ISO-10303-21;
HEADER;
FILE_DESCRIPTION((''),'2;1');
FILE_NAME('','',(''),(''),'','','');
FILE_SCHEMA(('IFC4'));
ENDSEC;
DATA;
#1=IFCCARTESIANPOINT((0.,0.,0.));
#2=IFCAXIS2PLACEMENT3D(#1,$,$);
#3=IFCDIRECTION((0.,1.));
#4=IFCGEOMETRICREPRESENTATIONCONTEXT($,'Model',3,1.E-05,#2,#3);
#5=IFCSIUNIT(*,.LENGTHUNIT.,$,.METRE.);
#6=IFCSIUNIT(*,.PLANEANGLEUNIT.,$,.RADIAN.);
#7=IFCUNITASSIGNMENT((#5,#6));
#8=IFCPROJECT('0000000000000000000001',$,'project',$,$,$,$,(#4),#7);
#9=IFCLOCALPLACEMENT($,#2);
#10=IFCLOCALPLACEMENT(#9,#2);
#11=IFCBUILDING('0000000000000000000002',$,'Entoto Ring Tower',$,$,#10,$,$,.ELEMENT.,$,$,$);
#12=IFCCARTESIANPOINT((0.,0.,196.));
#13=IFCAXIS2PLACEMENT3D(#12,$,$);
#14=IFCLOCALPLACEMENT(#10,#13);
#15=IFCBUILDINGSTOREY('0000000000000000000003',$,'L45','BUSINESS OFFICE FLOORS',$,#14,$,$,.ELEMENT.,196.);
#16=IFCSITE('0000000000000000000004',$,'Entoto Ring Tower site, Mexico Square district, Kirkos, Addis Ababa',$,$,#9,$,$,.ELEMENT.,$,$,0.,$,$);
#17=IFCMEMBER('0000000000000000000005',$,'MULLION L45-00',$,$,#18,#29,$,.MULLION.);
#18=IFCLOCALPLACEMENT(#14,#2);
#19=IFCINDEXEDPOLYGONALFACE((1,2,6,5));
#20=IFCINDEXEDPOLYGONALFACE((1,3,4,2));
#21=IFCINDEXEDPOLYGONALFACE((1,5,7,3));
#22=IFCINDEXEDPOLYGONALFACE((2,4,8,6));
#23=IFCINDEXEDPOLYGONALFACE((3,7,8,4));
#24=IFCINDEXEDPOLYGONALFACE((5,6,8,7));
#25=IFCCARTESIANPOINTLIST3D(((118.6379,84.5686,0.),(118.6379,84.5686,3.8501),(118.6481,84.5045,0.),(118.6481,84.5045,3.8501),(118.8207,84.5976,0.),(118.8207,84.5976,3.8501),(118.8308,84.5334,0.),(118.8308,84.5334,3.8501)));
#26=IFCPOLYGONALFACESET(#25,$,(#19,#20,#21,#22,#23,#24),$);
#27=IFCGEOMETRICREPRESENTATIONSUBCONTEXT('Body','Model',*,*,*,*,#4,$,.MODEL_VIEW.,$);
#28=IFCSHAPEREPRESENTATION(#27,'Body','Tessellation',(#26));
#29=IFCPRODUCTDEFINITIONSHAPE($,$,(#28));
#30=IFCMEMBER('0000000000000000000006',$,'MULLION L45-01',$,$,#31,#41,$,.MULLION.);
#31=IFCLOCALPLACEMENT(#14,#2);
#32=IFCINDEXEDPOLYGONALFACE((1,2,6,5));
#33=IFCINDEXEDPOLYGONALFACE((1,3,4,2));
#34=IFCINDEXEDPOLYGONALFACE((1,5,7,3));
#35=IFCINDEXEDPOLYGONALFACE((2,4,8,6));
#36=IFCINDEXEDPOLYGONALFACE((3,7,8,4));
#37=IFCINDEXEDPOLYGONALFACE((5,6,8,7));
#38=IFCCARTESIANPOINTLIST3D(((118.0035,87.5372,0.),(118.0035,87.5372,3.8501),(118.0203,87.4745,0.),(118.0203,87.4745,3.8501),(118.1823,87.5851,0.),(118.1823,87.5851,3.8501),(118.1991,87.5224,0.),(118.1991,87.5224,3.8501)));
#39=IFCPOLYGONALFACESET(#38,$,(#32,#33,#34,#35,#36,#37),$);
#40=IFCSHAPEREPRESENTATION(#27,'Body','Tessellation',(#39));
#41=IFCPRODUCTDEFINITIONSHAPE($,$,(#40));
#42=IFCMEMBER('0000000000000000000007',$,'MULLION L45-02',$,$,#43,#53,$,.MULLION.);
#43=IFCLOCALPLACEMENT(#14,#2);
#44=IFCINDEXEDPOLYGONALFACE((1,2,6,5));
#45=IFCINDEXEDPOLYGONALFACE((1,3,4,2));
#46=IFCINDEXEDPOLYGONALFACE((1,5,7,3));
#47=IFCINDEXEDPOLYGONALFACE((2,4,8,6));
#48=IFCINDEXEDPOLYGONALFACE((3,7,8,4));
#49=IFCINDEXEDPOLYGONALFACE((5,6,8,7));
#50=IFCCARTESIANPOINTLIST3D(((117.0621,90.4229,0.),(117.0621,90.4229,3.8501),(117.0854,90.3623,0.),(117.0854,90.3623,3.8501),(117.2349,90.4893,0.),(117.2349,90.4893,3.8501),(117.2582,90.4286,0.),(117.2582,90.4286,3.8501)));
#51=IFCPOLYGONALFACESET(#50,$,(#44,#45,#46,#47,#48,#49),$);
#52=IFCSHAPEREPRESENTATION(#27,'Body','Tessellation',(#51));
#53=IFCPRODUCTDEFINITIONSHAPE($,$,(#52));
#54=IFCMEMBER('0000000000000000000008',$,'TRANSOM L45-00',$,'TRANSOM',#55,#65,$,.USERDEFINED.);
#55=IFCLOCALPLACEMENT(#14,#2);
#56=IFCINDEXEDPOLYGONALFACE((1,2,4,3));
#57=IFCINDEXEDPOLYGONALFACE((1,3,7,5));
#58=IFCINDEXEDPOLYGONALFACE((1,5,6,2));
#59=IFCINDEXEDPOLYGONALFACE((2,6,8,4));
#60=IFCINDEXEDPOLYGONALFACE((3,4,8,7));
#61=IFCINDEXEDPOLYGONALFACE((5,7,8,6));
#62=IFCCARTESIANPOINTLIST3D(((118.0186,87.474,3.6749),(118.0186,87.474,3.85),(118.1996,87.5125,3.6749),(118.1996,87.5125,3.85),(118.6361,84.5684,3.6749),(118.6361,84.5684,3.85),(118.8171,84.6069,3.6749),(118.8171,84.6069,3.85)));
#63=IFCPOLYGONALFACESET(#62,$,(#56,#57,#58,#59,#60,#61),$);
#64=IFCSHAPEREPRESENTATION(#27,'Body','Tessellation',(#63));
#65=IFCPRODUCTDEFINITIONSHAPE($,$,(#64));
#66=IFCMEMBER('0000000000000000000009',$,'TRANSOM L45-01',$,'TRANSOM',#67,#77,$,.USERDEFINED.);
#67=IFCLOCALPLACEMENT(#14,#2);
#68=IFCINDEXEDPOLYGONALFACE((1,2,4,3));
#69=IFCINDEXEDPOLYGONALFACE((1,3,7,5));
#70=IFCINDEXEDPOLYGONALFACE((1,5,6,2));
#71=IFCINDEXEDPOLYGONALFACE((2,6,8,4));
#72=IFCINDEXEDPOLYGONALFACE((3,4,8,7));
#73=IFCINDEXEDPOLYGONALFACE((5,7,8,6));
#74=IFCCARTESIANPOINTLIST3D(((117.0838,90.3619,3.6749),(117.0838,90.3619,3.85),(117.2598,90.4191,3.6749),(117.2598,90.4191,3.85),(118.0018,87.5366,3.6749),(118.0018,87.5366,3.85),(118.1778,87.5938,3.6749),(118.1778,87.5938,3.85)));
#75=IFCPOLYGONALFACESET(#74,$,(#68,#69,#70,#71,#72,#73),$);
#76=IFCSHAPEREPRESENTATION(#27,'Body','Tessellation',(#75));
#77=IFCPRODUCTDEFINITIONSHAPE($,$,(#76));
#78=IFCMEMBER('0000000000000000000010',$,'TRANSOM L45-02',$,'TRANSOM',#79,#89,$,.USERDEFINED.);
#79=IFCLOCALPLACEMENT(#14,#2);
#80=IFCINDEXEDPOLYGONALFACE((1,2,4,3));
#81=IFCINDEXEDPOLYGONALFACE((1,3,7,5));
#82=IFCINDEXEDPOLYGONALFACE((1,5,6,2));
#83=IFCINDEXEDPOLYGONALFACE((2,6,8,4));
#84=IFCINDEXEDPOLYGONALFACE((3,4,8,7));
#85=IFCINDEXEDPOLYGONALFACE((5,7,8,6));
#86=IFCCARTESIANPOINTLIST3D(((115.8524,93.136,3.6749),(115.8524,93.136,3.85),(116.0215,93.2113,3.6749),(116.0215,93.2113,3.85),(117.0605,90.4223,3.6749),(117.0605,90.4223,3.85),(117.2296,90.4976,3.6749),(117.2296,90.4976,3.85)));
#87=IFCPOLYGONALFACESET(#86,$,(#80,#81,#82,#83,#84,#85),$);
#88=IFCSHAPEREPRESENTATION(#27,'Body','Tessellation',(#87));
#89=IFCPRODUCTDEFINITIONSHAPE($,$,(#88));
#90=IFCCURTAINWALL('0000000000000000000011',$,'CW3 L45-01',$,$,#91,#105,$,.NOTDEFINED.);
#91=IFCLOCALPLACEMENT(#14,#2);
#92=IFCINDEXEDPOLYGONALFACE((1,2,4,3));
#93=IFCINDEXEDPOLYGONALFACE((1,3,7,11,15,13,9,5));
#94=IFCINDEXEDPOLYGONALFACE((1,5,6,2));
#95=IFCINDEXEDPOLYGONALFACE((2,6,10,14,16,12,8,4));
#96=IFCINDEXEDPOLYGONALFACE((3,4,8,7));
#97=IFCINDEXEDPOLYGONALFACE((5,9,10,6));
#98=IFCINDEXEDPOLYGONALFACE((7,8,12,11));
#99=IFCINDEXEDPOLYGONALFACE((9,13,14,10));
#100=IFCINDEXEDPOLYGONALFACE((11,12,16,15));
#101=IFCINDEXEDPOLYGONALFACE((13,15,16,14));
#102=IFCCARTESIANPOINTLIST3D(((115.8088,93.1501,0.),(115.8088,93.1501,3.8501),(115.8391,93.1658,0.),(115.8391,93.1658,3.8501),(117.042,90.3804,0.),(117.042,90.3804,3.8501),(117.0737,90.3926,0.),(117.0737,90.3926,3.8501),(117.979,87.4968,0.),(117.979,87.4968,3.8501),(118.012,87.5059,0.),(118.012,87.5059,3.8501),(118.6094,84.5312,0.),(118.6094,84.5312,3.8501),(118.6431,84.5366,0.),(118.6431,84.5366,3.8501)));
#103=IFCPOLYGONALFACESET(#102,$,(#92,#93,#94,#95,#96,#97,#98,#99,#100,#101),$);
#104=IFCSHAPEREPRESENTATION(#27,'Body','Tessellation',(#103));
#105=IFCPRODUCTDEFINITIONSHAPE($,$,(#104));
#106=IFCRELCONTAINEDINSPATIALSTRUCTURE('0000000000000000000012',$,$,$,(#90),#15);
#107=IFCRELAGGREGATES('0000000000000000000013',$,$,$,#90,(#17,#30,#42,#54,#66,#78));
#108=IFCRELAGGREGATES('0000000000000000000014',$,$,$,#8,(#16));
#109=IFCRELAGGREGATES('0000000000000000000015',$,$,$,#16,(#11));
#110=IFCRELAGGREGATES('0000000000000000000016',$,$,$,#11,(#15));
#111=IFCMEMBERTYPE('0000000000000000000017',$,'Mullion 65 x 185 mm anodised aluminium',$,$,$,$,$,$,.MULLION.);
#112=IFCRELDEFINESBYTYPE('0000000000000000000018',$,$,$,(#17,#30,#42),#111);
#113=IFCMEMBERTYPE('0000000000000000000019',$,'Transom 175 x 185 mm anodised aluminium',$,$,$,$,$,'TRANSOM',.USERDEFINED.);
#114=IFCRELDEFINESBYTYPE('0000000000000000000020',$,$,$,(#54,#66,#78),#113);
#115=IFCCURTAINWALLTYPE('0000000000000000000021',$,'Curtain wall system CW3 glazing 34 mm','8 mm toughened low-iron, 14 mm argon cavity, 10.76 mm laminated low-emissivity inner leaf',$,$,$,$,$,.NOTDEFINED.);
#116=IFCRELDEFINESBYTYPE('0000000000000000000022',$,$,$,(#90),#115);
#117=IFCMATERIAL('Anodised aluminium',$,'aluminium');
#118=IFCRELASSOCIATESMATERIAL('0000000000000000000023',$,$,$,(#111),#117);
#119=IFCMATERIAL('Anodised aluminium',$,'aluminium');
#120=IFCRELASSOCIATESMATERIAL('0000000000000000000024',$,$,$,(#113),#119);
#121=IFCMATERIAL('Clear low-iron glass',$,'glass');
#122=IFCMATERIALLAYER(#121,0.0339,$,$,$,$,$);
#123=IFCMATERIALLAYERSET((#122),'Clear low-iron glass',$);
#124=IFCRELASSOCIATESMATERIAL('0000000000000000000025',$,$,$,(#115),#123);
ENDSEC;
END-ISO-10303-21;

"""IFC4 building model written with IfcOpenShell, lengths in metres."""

from ifc_helpers import new_model, si_unit, direction, frame, origin, origin_2d, place, context, subcontext, project, spatial, polyline, rectangle, outline, extrude, material, layer, layer_set, material_profile, profile_set, type_object, element, aggregate, save


model = new_model("IFC4")

# Units and contexts
model_context = context("Model", 3, precision=1e-05, world=origin(), true_north=direction((0.0, 1.0)))
body_context = subcontext(model_context, "Body", "Model", "MODEL_VIEW")
ifc_project = project(units=[si_unit("LENGTHUNIT", "METRE"), si_unit("PLANEANGLEUNIT", "RADIAN")], contexts=[model_context])

# Members
ifc_material_1 = material(Name="Anodised aluminium", Category="aluminium")
ifc_material_profile_1 = material_profile(ifc_material_1, rectangle(XDim=0.0649, YDim=0.1851, at=origin_2d()), Name="Mullion 65 x 185 mm anodised aluminium")
ifc_profile_set_1 = profile_set([ifc_material_profile_1], Name="Anodised aluminium")
member_type_1 = type_object("IfcMemberType", Name="Mullion 65 x 185 mm anodised aluminium", PredefinedType="MULLION", material=ifc_profile_set_1)
site_placement = place(None, origin())
building_placement = place(site_placement, origin())
storey_placement = place(building_placement, frame((0.0, 0.0, 196.0)))
member_1_placement = place(storey_placement, frame((118.7344, 84.551, 0.0), z_axis=(0.0, 0.0, 1.0), x_axis=(-0.156434, 0.987688, 0.0)))
member_1 = element("IfcMember", 1, at=member_1_placement, type_object=member_type_1, Name="MULLION L45-00", PredefinedType="MULLION", context=body_context, shape_type="SweptSolid", body=[
    extrude(rectangle(XDim=0.0649, YDim=0.1851, at=origin_2d()), origin(), (0.0, 0.0, 1.0), 3.8501),
])
member_2_placement = place(storey_placement, frame((118.1013, 87.5298, 0.0), z_axis=(0.0, 0.0, 1.0), x_axis=(-0.258819, 0.965926, 0.0)))
member_2 = element("IfcMember", 2, at=member_2_placement, type_object=member_type_1, Name="MULLION L45-01", PredefinedType="MULLION", context=body_context, shape_type="SweptSolid", body=[
    extrude(rectangle(XDim=0.0649, YDim=0.1851, at=origin_2d()), origin(), (0.0, 0.0, 1.0), 3.8501),
])
member_3_placement = place(storey_placement, frame((117.1602, 90.4258, 0.0), z_axis=(0.0, 0.0, 1.0), x_axis=(-0.358368, 0.93358, 0.0)))
member_3 = element("IfcMember", 3, at=member_3_placement, type_object=member_type_1, Name="MULLION L45-02", PredefinedType="MULLION", context=body_context, shape_type="SweptSolid", body=[
    extrude(rectangle(XDim=0.0649, YDim=0.1851, at=origin_2d()), origin(), (0.0, 0.0, 1.0), 3.8501),
])
ifc_material_2 = material(Name="Anodised aluminium", Category="aluminium")
ifc_material_profile_2 = material_profile(ifc_material_2, rectangle(XDim=0.1851, YDim=0.175, at=origin_2d()), Name="Transom 175 x 185 mm anodised aluminium")
ifc_profile_set_2 = profile_set([ifc_material_profile_2], Name="Anodised aluminium")
member_type_2 = type_object("IfcMemberType", Name="Transom 175 x 185 mm anodised aluminium", ElementType="TRANSOM", PredefinedType="USERDEFINED", material=ifc_profile_set_2)
member_4_placement = place(storey_placement, frame((118.7266, 84.5876, 3.7625), z_axis=(-0.207862, 0.978158, 0.0), x_axis=(-0.978158, -0.207862, 0.0)))
member_4 = element("IfcMember", 4, at=member_4_placement, type_object=member_type_2, Name="TRANSOM L45-00", ObjectType="TRANSOM", PredefinedType="USERDEFINED", context=body_context, shape_type="SweptSolid", body=[
    extrude(rectangle(XDim=0.1851, YDim=0.175, at=origin_2d()), origin(), (0.0, 0.0, 1.0), 2.9705),
])
member_5_placement = place(storey_placement, frame((118.0898, 87.5652, 3.7625), z_axis=(-0.309019, 0.951056, 0.0), x_axis=(-0.951056, -0.309019, 0.0)))
member_5 = element("IfcMember", 5, at=member_5_placement, type_object=member_type_2, Name="TRANSOM L45-01", ObjectType="TRANSOM", PredefinedType="USERDEFINED", context=body_context, shape_type="SweptSolid", body=[
    extrude(rectangle(XDim=0.1851, YDim=0.175, at=origin_2d()), origin(), (0.0, 0.0, 1.0), 2.9707),
])
member_6_placement = place(storey_placement, frame((117.145, 90.46, 3.7625), z_axis=(-0.406687, 0.913567, 0.0), x_axis=(-0.913567, -0.406687, 0.0)))
member_6 = element("IfcMember", 6, at=member_6_placement, type_object=member_type_2, Name="TRANSOM L45-02", ObjectType="TRANSOM", PredefinedType="USERDEFINED", context=body_context, shape_type="SweptSolid", body=[
    extrude(rectangle(XDim=0.1851, YDim=0.175, at=origin_2d()), origin(), (0.0, 0.0, 1.0), 2.9705),
])

# Site, building, storey
site = spatial("IfcSite", under=ifc_project, at=site_placement, Name="Entoto Ring Tower site, Mexico Square district, Kirkos, Addis Ababa", CompositionType="ELEMENT", RefElevation=0.0)
building = spatial("IfcBuilding", under=site, at=building_placement, Name="Entoto Ring Tower", CompositionType="ELEMENT")
storey = spatial("IfcBuildingStorey", under=building, at=storey_placement, Name="L45", Description="BUSINESS OFFICE FLOORS", CompositionType="ELEMENT", Elevation=196.0)

# Curtain wall
ifc_material_3 = material(Name="Clear low-iron glass", Category="glass")
ifc_layer_1 = layer(ifc_material_3, 0.0339)
ifc_layer_set_1 = layer_set([ifc_layer_1], Name="Clear low-iron glass")
curtain_wall_type = type_object("IfcCurtainWallType", Name="Curtain wall system CW3 glazing 34 mm", Description="8 mm toughened low-iron, 14 mm argon cavity, 10.76 mm laminated low-emissivity inner leaf", PredefinedType="NOTDEFINED", material=ifc_layer_set_1)
curtain_wall_1_placement = place(storey_placement, origin())
curtain_wall_1 = element("IfcCurtainWall", 7, at=curtain_wall_1_placement, inside=storey, type_object=curtain_wall_type, Name="CW3 L45-01", PredefinedType="NOTDEFINED", context=body_context, shape_type="SweptSolid", body=[
    extrude(outline(polyline([(118.6431, 84.5366), (118.012, 87.5059), (117.0737, 90.3926), (115.8391, 93.1658), (115.8088, 93.1501), (117.042, 90.3804), (117.979, 87.4968), (118.6094, 84.5312), (118.6431, 84.5366)])), origin(), (0.0, 0.0, 1.0), 3.8501),
])
aggregate(curtain_wall_1, [member_1, member_2, member_3, member_4, member_5, member_6])

save(model, "model.ifc")
